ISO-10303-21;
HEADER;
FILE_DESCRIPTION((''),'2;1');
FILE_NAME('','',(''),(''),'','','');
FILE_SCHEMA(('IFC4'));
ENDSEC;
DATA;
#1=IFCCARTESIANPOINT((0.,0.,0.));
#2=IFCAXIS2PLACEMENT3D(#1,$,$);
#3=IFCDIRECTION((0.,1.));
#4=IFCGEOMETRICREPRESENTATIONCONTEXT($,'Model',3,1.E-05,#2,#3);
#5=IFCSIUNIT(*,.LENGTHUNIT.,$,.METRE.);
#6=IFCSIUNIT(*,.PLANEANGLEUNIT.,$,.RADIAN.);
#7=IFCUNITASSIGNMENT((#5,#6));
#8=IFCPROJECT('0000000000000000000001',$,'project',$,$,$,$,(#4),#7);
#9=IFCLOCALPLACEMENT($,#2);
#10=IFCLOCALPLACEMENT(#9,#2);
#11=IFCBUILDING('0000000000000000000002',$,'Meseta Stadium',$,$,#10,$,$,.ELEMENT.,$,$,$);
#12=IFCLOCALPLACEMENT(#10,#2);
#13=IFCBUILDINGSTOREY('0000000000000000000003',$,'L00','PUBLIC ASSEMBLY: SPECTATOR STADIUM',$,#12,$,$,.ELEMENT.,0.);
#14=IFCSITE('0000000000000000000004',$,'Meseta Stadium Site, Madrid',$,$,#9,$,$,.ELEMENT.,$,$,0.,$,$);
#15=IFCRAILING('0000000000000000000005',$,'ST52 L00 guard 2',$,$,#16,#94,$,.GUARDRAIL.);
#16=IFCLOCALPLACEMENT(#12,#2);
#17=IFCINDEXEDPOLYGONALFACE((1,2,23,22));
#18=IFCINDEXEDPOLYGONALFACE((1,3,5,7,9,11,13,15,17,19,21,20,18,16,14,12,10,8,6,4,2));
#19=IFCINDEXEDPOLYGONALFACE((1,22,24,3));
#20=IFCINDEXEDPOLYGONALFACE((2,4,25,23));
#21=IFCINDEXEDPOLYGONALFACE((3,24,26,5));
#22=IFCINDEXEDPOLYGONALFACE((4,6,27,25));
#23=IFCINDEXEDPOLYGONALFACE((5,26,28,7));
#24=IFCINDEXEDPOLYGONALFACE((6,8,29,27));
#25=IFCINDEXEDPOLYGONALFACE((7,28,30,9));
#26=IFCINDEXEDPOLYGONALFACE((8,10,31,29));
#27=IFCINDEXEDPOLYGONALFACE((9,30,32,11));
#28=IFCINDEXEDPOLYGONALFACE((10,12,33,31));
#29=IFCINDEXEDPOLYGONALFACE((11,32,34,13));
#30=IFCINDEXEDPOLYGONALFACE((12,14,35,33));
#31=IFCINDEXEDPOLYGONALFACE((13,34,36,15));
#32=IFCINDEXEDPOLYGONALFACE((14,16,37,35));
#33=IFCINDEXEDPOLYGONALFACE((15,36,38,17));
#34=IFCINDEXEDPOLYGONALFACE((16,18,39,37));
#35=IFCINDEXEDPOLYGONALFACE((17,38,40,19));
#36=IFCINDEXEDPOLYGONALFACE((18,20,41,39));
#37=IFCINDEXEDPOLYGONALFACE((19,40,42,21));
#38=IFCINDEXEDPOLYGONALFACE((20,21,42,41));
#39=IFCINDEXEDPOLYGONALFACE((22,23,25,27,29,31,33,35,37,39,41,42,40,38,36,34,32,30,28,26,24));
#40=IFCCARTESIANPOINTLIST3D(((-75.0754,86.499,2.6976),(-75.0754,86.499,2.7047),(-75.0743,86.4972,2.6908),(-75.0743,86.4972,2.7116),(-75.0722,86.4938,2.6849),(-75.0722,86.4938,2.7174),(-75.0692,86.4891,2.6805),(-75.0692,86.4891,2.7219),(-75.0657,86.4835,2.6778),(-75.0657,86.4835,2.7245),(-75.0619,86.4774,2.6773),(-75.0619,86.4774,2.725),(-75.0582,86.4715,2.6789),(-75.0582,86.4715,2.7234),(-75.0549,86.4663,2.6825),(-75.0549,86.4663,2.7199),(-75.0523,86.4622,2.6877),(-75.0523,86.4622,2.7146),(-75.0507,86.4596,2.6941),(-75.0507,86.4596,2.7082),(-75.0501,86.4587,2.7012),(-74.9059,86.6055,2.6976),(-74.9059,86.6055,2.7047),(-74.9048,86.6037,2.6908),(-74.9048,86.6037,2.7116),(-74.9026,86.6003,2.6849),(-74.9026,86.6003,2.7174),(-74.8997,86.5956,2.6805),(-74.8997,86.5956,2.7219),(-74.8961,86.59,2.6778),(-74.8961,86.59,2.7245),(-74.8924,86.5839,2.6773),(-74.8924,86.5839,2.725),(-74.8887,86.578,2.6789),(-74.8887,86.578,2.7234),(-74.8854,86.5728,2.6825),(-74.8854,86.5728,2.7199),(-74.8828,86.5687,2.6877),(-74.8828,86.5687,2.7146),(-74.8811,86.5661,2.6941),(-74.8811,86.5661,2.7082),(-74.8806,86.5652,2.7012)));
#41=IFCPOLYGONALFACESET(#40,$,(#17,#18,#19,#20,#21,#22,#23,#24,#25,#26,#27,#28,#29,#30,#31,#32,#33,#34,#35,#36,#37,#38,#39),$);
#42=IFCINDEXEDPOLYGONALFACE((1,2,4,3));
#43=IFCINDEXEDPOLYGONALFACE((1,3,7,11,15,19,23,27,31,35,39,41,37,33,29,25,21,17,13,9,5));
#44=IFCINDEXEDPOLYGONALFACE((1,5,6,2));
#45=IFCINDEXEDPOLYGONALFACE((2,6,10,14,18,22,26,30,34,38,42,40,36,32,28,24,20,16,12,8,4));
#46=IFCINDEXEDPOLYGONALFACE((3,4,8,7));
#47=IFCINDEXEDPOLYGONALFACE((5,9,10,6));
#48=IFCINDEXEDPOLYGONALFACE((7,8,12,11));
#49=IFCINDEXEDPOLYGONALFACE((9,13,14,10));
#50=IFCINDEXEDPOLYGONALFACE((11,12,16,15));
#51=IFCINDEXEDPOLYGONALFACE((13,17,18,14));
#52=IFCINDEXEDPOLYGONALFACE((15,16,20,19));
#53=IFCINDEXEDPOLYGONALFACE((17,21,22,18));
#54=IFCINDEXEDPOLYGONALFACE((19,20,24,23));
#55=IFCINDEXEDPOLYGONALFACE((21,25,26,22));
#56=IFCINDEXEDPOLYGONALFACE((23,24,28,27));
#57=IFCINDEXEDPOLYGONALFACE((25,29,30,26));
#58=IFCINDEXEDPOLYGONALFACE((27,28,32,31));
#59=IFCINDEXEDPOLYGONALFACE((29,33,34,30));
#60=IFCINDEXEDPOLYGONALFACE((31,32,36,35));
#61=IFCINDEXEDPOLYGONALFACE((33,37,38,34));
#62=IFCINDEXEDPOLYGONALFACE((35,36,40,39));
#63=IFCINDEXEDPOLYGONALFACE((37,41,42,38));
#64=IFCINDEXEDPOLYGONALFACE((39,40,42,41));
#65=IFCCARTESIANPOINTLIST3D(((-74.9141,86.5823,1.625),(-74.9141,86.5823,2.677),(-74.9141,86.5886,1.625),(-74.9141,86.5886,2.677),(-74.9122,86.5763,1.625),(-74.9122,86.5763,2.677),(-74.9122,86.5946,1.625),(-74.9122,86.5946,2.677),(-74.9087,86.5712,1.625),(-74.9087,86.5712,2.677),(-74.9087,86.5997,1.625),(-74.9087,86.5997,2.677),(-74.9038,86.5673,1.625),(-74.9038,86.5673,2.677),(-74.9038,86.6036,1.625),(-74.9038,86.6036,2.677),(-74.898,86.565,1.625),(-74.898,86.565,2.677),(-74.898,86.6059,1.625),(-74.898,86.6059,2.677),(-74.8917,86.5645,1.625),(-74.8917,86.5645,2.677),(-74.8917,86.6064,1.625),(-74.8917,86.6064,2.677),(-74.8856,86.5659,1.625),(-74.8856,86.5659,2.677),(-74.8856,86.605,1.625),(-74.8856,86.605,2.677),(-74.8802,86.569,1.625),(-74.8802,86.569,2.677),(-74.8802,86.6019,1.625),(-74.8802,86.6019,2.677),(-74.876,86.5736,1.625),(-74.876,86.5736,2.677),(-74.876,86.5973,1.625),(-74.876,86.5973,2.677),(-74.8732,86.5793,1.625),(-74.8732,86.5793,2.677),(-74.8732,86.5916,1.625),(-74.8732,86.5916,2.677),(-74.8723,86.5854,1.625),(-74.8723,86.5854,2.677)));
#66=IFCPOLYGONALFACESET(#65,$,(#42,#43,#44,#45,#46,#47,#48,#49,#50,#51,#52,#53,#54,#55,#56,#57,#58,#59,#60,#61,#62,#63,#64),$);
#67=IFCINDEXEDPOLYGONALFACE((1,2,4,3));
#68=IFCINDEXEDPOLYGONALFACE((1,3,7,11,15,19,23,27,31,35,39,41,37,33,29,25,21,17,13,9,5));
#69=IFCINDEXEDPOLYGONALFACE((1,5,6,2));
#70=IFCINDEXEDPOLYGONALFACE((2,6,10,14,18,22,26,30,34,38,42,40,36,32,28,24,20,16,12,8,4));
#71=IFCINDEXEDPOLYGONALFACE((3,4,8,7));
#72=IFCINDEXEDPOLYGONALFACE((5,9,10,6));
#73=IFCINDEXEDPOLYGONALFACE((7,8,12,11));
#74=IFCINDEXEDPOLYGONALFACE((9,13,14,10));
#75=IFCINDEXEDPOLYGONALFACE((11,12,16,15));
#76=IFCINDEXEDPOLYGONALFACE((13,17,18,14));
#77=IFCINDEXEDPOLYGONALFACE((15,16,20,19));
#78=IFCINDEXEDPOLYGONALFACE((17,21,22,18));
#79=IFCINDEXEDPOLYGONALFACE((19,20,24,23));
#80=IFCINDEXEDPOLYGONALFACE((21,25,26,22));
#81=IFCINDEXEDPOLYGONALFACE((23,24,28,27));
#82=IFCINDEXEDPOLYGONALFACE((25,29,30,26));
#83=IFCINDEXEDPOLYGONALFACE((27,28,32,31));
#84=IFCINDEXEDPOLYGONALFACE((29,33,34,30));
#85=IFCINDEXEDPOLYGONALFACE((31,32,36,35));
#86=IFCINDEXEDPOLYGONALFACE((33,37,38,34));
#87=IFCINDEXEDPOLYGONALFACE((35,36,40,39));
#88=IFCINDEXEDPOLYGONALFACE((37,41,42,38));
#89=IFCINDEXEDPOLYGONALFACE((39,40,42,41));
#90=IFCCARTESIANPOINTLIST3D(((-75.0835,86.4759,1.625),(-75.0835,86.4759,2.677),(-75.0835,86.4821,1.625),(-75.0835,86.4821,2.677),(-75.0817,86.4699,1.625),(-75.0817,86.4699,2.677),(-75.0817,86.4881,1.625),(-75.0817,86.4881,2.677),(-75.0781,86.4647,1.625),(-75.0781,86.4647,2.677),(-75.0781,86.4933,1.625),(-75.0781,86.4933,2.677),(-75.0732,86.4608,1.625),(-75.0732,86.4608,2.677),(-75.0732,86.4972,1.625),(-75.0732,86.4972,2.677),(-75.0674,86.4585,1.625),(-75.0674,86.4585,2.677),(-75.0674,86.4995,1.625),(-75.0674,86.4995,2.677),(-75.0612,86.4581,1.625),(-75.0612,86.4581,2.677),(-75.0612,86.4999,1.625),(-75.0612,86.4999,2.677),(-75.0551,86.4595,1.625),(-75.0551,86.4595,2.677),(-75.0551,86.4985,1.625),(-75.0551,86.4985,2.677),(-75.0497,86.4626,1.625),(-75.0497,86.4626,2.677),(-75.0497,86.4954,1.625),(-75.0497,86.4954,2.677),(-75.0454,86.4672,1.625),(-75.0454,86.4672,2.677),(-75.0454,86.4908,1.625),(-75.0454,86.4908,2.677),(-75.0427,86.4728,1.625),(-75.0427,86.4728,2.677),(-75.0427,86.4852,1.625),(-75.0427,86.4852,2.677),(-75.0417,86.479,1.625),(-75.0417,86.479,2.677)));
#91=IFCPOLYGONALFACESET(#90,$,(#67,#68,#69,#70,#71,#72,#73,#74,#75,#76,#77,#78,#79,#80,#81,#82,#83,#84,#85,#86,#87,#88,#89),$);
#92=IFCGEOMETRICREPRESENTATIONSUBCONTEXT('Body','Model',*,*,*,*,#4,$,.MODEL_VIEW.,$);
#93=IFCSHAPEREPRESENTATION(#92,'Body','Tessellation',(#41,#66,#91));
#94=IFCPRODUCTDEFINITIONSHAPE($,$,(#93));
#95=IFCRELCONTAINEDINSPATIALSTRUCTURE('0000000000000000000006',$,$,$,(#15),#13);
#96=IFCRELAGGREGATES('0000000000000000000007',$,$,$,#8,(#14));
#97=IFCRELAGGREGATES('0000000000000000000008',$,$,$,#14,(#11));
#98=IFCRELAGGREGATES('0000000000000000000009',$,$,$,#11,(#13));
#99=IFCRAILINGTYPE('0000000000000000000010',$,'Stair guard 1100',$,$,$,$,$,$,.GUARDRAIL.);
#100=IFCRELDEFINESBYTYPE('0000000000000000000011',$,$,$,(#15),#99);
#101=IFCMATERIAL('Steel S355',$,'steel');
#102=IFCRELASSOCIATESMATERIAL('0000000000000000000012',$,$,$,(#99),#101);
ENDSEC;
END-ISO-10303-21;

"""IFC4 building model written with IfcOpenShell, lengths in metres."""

from ifc_helpers import new_model, si_unit, direction, frame, origin, origin_2d, place, context, subcontext, project, spatial, circle, extrude, material, type_object, element, save


model = new_model("IFC4")

# Units and contexts
model_context = context("Model", 3, precision=1e-05, world=origin(), true_north=direction((0.0, 1.0)))
body_context = subcontext(model_context, "Body", "Model", "MODEL_VIEW")
ifc_project = project(units=[si_unit("LENGTHUNIT", "METRE"), si_unit("PLANEANGLEUNIT", "RADIAN")], contexts=[model_context])

# Site, building, storey
site_placement = place(None, origin())
site = spatial("IfcSite", under=ifc_project, at=site_placement, Name="Meseta Stadium Site, Madrid", CompositionType="ELEMENT", RefElevation=0.0)
building_placement = place(site_placement, origin())
building = spatial("IfcBuilding", under=site, at=building_placement, Name="Meseta Stadium", CompositionType="ELEMENT")
storey_placement = place(building_placement, origin())
storey = spatial("IfcBuildingStorey", under=building, at=storey_placement, Name="L00", Description="PUBLIC ASSEMBLY: SPECTATOR STADIUM", CompositionType="ELEMENT", Elevation=0.0)

# Railing
ifc_material_1 = material(Name="Steel S355", Category="steel")
railing_type_1 = type_object("IfcRailingType", Name="Stair guard 1100", PredefinedType="GUARDRAIL", material=ifc_material_1)
railing_1_placement = place(storey_placement, frame((-74.8933, 86.5854, 1.625)))
element("IfcRailing", 1, at=railing_1_placement, inside=storey, type_object=railing_type_1, Name="ST52 L00 guard 2", PredefinedType="GUARDRAIL", context=body_context, shape_type="SweptSolid", body=[
    extrude(circle(Radius=0.0239, at=origin_2d()), frame((0.0, 0.0, 1.0762), z_axis=(-0.846762, -0.531972, 0.0), x_axis=(0.531972, -0.846762, 0.0)), (0.0, 0.0, 1.0), 0.2002),
    extrude(circle(Radius=0.021, at=origin_2d()), origin(), (0.0, 0.0, 1.0), 1.052),
    extrude(circle(Radius=0.021, at=origin_2d()), frame((-0.1694, -0.1064, 0.0)), (0.0, 0.0, 1.0), 1.052),
])

save(model, "model.ifc")
